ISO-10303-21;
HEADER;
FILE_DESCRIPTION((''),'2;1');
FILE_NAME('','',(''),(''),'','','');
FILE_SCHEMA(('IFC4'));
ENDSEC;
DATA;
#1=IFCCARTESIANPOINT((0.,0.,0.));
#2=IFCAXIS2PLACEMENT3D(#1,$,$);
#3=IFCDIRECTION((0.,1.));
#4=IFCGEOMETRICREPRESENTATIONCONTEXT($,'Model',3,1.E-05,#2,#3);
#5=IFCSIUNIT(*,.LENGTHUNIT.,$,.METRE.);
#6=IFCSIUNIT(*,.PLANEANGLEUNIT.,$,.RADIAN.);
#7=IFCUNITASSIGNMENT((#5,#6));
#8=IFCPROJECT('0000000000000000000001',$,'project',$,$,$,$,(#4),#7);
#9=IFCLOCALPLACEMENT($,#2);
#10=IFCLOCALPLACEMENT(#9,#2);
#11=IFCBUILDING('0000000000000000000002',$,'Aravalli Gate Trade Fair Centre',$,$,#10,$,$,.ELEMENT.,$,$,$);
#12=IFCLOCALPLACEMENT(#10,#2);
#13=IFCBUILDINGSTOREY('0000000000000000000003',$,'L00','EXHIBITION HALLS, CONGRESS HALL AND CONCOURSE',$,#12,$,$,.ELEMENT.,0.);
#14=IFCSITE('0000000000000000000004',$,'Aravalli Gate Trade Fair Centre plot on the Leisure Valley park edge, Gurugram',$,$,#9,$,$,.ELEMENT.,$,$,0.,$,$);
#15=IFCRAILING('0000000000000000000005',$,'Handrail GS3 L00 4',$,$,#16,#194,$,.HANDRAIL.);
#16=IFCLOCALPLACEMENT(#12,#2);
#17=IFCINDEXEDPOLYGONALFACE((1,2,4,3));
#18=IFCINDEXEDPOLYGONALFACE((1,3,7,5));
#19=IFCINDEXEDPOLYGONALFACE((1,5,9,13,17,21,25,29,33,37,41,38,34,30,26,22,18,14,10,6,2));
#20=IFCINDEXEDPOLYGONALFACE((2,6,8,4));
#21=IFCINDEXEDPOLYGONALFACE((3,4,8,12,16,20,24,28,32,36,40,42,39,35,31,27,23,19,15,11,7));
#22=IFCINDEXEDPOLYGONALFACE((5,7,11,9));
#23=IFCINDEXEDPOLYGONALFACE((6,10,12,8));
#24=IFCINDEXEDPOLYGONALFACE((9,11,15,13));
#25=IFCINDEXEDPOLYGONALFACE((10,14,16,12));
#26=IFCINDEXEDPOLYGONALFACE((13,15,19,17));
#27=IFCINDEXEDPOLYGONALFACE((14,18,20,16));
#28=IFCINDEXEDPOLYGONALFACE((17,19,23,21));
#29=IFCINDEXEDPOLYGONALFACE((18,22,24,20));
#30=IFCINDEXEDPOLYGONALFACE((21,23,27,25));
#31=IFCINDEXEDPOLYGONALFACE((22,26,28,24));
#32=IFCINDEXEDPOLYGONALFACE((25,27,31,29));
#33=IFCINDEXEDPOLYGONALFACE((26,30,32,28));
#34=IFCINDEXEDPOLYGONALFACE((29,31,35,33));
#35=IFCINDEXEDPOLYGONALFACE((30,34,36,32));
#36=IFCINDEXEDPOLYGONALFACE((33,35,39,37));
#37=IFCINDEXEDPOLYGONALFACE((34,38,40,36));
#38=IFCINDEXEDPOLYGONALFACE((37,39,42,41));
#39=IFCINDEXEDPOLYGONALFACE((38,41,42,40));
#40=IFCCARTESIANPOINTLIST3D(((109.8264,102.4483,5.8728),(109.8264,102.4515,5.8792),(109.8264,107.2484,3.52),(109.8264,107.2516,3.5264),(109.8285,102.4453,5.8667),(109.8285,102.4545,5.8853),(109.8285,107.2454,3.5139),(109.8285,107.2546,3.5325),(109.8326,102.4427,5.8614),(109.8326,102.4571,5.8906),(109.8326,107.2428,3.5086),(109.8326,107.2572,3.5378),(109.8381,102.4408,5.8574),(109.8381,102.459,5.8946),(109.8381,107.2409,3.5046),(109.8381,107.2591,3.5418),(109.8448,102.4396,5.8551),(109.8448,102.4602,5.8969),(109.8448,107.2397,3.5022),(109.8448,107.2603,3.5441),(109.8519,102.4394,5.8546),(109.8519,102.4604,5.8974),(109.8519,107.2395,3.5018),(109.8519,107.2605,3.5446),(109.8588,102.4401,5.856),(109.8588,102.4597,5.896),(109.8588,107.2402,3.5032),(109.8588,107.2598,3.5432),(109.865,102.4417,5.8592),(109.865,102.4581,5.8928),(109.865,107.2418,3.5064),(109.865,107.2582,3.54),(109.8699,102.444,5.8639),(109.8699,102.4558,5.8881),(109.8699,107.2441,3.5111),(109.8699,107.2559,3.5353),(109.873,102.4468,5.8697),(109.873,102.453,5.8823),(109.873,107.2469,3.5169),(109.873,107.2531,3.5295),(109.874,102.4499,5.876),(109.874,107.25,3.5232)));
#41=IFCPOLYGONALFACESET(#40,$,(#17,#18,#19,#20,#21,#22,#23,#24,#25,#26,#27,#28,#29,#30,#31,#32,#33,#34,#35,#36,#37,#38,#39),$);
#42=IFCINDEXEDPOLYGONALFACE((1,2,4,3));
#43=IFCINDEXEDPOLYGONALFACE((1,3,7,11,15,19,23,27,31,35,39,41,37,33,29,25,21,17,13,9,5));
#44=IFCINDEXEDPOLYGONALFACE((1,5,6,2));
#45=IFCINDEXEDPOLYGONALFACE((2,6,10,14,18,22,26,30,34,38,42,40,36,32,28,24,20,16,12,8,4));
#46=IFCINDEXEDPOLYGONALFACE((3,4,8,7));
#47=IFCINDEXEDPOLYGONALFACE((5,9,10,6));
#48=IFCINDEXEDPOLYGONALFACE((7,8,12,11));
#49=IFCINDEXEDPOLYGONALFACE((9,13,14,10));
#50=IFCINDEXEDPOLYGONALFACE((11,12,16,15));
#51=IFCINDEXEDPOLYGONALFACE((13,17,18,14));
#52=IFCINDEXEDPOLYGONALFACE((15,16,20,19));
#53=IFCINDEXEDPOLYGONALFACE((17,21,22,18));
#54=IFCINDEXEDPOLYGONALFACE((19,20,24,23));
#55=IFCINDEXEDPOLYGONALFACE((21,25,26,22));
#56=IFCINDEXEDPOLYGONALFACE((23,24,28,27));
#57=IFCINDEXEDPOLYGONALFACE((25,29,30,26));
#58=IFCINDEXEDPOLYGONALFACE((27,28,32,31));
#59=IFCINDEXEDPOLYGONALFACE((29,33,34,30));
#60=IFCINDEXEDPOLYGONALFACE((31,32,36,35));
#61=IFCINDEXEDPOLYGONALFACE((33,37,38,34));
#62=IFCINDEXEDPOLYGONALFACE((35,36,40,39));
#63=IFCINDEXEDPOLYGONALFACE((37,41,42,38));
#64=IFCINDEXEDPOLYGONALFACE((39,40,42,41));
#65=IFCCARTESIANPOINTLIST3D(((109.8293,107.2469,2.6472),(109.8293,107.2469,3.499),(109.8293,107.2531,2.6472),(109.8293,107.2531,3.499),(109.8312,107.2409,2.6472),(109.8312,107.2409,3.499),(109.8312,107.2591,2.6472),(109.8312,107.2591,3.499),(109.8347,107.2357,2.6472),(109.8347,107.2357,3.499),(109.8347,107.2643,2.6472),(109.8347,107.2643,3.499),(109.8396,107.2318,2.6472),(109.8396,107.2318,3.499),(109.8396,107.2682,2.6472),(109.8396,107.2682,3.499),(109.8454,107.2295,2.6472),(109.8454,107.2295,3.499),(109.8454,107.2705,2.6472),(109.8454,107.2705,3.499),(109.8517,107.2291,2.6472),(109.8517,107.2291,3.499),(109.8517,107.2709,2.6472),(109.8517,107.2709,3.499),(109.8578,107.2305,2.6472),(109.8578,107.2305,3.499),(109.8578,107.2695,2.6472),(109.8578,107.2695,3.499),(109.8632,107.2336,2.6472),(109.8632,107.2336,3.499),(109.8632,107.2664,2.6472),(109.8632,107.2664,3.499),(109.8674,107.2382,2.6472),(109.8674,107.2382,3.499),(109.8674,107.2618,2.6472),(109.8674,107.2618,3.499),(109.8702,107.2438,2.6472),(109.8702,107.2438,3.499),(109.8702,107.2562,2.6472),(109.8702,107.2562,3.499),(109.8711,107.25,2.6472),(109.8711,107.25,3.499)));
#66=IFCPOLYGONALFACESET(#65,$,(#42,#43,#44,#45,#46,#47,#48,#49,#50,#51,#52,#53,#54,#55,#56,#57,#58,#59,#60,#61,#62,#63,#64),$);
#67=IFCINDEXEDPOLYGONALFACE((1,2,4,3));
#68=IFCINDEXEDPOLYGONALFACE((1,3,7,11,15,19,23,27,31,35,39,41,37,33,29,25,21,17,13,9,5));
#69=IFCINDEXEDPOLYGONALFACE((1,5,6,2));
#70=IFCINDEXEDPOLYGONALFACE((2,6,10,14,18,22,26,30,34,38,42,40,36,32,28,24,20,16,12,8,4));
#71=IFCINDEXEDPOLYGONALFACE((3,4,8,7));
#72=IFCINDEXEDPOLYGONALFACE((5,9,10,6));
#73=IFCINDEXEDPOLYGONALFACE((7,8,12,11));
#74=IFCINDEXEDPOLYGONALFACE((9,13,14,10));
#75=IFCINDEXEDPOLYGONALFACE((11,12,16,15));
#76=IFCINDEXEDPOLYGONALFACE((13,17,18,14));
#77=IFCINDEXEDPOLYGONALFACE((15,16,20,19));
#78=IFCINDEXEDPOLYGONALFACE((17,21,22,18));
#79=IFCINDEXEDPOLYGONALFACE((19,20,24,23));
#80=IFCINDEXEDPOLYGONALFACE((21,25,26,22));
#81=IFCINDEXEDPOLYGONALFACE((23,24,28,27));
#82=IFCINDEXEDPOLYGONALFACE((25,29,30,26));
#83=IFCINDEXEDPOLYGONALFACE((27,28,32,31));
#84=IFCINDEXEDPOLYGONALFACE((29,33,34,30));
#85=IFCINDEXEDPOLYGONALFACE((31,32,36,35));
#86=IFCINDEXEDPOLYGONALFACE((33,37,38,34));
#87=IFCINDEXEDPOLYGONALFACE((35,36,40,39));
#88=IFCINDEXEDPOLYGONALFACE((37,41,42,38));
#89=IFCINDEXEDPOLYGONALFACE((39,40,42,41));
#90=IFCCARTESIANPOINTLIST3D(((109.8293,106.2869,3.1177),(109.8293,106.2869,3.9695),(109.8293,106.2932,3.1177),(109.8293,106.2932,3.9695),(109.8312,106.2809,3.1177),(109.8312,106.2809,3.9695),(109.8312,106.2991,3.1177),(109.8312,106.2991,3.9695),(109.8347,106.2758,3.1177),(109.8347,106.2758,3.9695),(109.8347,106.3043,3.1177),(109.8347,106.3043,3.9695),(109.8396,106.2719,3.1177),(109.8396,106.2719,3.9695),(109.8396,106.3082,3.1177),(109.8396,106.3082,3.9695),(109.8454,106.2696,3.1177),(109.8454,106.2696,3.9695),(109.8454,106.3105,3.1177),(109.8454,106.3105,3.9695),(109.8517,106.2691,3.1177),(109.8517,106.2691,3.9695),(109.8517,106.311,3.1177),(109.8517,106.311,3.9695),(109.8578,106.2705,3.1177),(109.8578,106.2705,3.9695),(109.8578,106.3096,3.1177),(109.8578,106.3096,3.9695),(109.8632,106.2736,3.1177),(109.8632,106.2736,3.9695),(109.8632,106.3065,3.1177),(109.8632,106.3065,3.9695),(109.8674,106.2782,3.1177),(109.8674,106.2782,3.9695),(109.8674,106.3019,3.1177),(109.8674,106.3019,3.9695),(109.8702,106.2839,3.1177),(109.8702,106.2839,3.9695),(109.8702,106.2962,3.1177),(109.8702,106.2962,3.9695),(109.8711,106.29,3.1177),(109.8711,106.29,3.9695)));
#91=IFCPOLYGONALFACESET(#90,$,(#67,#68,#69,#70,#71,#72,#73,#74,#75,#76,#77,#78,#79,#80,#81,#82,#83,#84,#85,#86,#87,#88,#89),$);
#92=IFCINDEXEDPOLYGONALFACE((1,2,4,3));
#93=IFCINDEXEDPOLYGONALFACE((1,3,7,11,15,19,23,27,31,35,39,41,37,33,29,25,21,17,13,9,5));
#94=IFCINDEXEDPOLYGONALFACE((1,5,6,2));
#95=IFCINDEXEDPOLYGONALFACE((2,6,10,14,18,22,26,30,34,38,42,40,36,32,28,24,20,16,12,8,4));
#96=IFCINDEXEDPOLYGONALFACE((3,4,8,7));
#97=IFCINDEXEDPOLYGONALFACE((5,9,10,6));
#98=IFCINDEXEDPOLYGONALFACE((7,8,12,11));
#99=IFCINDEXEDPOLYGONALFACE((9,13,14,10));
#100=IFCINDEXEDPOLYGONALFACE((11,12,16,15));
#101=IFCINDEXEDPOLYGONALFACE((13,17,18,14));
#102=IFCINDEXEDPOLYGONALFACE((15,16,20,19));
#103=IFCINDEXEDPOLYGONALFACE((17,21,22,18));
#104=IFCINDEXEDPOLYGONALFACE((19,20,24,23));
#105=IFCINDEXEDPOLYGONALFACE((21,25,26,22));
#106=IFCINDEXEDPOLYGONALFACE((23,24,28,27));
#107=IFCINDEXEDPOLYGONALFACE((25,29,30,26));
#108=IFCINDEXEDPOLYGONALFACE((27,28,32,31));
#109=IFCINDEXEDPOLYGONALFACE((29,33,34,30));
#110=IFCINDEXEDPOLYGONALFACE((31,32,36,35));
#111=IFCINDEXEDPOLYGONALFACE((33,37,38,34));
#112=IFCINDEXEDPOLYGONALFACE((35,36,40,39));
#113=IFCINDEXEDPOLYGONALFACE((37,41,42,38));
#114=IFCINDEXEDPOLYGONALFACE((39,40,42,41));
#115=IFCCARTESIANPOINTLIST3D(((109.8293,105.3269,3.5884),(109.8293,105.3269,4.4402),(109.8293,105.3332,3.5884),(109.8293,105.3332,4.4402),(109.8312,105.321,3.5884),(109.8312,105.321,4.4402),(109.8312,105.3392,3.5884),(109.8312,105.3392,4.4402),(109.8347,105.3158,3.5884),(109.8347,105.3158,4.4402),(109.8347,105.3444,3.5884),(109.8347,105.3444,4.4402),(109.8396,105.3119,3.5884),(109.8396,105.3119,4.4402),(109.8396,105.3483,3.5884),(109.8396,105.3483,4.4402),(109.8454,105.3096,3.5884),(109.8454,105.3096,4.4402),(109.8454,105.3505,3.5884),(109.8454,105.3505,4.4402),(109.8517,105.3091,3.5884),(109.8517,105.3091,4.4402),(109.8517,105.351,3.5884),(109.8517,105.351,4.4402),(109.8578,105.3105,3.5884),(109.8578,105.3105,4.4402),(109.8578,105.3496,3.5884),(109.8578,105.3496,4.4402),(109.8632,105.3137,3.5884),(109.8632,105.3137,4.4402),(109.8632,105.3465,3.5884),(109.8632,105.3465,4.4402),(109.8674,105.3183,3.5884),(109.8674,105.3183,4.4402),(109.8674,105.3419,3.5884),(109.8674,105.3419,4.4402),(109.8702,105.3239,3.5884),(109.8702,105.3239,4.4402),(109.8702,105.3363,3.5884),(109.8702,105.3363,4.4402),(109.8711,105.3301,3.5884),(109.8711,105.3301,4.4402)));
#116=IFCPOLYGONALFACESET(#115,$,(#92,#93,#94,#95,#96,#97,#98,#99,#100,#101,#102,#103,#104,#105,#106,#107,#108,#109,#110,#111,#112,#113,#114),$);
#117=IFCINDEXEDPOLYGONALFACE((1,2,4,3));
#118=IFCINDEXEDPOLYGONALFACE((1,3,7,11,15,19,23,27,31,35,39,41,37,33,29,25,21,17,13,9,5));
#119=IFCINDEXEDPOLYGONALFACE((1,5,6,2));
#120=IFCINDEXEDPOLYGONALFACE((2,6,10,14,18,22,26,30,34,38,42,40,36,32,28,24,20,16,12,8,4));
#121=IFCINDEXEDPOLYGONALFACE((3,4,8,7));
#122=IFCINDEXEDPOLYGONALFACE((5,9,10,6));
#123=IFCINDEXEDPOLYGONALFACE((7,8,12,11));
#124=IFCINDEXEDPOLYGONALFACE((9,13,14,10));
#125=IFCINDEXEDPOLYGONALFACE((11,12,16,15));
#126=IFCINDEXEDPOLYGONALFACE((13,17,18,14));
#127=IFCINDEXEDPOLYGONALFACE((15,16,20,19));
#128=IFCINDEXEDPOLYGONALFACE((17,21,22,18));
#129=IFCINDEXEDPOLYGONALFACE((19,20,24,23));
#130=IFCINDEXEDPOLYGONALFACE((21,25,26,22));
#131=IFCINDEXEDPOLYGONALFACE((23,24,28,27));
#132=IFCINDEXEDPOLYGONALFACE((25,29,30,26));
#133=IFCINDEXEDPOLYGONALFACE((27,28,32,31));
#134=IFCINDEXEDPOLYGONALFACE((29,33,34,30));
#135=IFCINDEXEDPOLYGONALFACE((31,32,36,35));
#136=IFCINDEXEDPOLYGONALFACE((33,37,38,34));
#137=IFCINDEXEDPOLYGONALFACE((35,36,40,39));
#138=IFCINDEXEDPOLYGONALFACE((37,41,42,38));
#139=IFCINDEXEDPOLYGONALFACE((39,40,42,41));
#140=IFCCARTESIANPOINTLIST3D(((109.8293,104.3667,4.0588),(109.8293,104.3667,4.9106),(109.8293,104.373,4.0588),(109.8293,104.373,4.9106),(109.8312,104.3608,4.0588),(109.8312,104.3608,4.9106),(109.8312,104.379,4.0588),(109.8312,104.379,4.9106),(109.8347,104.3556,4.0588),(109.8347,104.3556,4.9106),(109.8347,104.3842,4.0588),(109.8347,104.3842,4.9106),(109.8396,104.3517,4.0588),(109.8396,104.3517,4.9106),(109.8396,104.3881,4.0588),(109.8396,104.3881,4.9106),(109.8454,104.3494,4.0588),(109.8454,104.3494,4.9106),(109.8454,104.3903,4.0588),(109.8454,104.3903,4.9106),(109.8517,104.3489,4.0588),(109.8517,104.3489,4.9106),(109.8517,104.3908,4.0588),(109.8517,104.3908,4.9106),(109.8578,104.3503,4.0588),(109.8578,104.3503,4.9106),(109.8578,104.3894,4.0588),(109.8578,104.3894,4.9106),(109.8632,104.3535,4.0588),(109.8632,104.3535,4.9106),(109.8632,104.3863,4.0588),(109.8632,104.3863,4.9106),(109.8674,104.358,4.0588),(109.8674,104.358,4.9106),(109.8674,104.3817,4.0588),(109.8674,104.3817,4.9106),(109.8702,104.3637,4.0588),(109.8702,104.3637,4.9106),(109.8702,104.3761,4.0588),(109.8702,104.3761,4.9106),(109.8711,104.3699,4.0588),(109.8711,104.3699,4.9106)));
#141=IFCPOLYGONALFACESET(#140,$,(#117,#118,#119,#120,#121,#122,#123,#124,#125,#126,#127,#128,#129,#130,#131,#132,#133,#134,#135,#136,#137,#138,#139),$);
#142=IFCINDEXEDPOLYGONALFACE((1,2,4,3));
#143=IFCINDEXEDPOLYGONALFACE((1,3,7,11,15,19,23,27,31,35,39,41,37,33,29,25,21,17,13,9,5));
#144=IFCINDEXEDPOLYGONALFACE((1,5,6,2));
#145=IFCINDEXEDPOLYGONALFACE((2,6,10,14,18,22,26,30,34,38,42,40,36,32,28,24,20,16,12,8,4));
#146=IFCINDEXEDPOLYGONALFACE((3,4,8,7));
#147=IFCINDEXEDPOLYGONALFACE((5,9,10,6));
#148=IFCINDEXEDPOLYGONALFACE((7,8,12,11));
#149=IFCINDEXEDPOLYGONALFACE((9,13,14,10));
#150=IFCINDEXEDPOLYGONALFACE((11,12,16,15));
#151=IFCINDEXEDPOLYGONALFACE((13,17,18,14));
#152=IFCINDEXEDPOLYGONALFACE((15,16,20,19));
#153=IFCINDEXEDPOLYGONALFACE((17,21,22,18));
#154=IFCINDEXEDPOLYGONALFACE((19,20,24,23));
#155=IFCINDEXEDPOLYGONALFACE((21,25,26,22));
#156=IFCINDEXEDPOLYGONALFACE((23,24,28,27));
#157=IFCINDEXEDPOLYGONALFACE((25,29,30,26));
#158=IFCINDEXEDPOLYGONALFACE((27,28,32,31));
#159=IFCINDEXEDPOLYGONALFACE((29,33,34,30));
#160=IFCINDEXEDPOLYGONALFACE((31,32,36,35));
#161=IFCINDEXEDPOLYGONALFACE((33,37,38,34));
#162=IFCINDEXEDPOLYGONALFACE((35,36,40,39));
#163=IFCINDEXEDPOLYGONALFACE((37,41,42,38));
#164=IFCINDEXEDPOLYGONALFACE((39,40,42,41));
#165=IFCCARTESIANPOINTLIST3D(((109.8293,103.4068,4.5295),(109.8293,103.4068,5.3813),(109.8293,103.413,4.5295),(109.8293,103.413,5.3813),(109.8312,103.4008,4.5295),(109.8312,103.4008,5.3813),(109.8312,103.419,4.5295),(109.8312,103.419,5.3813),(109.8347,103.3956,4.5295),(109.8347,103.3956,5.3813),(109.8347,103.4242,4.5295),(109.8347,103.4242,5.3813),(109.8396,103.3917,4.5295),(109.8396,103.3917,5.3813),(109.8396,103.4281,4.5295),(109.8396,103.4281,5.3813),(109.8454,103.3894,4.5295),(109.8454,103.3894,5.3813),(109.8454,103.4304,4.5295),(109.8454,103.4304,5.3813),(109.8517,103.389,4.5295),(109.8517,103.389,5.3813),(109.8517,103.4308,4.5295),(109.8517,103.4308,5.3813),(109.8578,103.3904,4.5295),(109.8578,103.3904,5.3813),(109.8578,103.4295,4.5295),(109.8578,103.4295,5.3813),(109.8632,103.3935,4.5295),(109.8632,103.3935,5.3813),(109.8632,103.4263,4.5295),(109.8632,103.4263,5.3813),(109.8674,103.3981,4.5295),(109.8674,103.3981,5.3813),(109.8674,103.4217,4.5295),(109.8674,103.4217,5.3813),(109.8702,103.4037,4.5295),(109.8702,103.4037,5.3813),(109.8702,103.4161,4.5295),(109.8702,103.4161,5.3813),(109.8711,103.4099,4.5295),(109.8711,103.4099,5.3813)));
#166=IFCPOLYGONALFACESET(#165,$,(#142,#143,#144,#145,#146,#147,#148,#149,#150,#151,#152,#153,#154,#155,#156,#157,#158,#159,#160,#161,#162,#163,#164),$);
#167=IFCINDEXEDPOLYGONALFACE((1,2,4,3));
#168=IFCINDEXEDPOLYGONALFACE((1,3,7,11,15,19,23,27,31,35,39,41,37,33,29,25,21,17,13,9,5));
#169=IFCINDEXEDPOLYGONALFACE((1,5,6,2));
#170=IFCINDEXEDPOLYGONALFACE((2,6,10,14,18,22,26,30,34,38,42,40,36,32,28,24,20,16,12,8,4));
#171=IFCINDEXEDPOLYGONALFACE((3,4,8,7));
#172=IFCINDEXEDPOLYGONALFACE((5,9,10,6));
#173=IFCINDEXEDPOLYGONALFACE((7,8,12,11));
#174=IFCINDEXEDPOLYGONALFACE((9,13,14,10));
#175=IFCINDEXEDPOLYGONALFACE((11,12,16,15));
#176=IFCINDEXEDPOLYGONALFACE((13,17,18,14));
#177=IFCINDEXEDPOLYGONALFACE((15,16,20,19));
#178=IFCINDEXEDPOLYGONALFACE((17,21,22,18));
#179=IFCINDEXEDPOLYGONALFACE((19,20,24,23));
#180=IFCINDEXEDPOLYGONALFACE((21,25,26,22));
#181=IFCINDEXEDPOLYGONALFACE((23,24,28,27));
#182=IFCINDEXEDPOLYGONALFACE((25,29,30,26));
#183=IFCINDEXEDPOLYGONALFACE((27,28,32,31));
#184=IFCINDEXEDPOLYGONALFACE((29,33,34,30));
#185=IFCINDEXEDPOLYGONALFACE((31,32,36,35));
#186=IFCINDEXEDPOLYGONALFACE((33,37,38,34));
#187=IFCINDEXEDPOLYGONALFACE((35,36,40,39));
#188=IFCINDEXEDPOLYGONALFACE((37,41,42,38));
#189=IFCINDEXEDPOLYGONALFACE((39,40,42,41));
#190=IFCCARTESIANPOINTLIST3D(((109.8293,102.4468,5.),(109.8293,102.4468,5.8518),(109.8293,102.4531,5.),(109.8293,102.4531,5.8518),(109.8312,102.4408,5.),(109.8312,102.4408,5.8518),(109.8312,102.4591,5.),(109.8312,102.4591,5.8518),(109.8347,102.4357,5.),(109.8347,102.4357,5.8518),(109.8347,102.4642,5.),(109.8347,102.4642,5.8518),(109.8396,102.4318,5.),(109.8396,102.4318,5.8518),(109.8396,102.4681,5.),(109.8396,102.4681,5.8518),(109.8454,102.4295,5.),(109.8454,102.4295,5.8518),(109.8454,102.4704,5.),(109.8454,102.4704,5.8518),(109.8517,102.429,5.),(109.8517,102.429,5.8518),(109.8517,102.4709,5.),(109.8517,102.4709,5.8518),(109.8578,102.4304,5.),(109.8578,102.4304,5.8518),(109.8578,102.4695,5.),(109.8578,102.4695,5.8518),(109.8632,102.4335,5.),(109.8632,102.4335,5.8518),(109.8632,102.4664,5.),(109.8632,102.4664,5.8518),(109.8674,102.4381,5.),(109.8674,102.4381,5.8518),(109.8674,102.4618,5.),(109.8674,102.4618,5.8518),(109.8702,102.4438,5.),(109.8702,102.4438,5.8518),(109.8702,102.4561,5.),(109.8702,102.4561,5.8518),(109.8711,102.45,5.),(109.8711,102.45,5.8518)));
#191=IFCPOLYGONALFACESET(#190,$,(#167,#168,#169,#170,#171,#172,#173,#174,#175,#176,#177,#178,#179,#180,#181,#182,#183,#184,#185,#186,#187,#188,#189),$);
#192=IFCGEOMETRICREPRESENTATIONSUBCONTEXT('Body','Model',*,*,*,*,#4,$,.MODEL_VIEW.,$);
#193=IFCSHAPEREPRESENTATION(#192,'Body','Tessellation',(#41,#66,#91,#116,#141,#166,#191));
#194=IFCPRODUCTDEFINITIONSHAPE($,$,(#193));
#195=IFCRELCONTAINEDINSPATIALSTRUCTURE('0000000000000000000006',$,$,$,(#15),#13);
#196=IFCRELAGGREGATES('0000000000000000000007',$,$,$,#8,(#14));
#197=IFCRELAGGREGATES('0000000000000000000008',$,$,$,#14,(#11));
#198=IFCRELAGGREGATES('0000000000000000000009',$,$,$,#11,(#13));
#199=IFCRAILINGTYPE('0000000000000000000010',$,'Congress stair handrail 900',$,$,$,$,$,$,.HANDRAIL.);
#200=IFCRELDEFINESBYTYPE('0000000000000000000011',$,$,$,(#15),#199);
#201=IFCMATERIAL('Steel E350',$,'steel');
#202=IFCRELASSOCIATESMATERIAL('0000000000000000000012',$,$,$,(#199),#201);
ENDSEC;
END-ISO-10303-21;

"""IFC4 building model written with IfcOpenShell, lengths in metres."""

from ifc_helpers import new_model, si_unit, direction, frame, origin, origin_2d, place, context, subcontext, project, spatial, circle, extrude, material, type_object, element, save


model = new_model("IFC4")

# Units and contexts
model_context = context("Model", 3, precision=1e-05, world=origin(), true_north=direction((0.0, 1.0)))
body_context = subcontext(model_context, "Body", "Model", "MODEL_VIEW")
ifc_project = project(units=[si_unit("LENGTHUNIT", "METRE"), si_unit("PLANEANGLEUNIT", "RADIAN")], contexts=[model_context])

# Site, building, storey
site_placement = place(None, origin())
site = spatial("IfcSite", under=ifc_project, at=site_placement, Name="Aravalli Gate Trade Fair Centre plot on the Leisure Valley park edge, Gurugram", CompositionType="ELEMENT", RefElevation=0.0)
building_placement = place(site_placement, origin())
building = spatial("IfcBuilding", under=site, at=building_placement, Name="Aravalli Gate Trade Fair Centre", CompositionType="ELEMENT")
storey_placement = place(building_placement, origin())
storey = spatial("IfcBuildingStorey", under=building, at=storey_placement, Name="L00", Description="EXHIBITION HALLS, CONGRESS HALL AND CONCOURSE", CompositionType="ELEMENT", Elevation=0.0)

# Railing
ifc_material_1 = material(Name="Steel E350", Category="steel")
railing_type = type_object("IfcRailingType", Name="Congress stair handrail 900", PredefinedType="HANDRAIL", material=ifc_material_1)
for number, where, name in (
    (1, (109.8501, 107.25, 2.6472), "Handrail GS3 L00 4"),
):
    element("IfcRailing", number, at=place(storey_placement, frame(where)), inside=storey, type_object=railing_type, Name=name, PredefinedType="HANDRAIL", context=body_context, shape_type="SweptSolid", body=[
        extrude(circle(Radius=0.0239, at=origin_2d()), frame((0.0, 0.0, 0.876), z_axis=(0.0, -0.897934, 0.44013), x_axis=(1.0, 0.0, 0.0)), (0.0, 0.0, 1.0), 5.3457),
        extrude(circle(Radius=0.021, at=origin_2d()), origin(), (0.0, 0.0, 1.0), 0.8518),
        extrude(circle(Radius=0.021, at=origin_2d()), frame((0.0, -0.96, 0.4705)), (0.0, 0.0, 1.0), 0.8518),
        extrude(circle(Radius=0.021, at=origin_2d()), frame((0.0, -1.9199, 0.9412)), (0.0, 0.0, 1.0), 0.8518),
        extrude(circle(Radius=0.021, at=origin_2d()), frame((0.0, -2.8801, 1.4116)), (0.0, 0.0, 1.0), 0.8518),
        extrude(circle(Radius=0.021, at=origin_2d()), frame((0.0, -3.8401, 1.8823)), (0.0, 0.0, 1.0), 0.8518),
        extrude(circle(Radius=0.021, at=origin_2d()), frame((0.0, -4.8, 2.3528)), (0.0, 0.0, 1.0), 0.8518),
    ])

save(model, "model.ifc")
